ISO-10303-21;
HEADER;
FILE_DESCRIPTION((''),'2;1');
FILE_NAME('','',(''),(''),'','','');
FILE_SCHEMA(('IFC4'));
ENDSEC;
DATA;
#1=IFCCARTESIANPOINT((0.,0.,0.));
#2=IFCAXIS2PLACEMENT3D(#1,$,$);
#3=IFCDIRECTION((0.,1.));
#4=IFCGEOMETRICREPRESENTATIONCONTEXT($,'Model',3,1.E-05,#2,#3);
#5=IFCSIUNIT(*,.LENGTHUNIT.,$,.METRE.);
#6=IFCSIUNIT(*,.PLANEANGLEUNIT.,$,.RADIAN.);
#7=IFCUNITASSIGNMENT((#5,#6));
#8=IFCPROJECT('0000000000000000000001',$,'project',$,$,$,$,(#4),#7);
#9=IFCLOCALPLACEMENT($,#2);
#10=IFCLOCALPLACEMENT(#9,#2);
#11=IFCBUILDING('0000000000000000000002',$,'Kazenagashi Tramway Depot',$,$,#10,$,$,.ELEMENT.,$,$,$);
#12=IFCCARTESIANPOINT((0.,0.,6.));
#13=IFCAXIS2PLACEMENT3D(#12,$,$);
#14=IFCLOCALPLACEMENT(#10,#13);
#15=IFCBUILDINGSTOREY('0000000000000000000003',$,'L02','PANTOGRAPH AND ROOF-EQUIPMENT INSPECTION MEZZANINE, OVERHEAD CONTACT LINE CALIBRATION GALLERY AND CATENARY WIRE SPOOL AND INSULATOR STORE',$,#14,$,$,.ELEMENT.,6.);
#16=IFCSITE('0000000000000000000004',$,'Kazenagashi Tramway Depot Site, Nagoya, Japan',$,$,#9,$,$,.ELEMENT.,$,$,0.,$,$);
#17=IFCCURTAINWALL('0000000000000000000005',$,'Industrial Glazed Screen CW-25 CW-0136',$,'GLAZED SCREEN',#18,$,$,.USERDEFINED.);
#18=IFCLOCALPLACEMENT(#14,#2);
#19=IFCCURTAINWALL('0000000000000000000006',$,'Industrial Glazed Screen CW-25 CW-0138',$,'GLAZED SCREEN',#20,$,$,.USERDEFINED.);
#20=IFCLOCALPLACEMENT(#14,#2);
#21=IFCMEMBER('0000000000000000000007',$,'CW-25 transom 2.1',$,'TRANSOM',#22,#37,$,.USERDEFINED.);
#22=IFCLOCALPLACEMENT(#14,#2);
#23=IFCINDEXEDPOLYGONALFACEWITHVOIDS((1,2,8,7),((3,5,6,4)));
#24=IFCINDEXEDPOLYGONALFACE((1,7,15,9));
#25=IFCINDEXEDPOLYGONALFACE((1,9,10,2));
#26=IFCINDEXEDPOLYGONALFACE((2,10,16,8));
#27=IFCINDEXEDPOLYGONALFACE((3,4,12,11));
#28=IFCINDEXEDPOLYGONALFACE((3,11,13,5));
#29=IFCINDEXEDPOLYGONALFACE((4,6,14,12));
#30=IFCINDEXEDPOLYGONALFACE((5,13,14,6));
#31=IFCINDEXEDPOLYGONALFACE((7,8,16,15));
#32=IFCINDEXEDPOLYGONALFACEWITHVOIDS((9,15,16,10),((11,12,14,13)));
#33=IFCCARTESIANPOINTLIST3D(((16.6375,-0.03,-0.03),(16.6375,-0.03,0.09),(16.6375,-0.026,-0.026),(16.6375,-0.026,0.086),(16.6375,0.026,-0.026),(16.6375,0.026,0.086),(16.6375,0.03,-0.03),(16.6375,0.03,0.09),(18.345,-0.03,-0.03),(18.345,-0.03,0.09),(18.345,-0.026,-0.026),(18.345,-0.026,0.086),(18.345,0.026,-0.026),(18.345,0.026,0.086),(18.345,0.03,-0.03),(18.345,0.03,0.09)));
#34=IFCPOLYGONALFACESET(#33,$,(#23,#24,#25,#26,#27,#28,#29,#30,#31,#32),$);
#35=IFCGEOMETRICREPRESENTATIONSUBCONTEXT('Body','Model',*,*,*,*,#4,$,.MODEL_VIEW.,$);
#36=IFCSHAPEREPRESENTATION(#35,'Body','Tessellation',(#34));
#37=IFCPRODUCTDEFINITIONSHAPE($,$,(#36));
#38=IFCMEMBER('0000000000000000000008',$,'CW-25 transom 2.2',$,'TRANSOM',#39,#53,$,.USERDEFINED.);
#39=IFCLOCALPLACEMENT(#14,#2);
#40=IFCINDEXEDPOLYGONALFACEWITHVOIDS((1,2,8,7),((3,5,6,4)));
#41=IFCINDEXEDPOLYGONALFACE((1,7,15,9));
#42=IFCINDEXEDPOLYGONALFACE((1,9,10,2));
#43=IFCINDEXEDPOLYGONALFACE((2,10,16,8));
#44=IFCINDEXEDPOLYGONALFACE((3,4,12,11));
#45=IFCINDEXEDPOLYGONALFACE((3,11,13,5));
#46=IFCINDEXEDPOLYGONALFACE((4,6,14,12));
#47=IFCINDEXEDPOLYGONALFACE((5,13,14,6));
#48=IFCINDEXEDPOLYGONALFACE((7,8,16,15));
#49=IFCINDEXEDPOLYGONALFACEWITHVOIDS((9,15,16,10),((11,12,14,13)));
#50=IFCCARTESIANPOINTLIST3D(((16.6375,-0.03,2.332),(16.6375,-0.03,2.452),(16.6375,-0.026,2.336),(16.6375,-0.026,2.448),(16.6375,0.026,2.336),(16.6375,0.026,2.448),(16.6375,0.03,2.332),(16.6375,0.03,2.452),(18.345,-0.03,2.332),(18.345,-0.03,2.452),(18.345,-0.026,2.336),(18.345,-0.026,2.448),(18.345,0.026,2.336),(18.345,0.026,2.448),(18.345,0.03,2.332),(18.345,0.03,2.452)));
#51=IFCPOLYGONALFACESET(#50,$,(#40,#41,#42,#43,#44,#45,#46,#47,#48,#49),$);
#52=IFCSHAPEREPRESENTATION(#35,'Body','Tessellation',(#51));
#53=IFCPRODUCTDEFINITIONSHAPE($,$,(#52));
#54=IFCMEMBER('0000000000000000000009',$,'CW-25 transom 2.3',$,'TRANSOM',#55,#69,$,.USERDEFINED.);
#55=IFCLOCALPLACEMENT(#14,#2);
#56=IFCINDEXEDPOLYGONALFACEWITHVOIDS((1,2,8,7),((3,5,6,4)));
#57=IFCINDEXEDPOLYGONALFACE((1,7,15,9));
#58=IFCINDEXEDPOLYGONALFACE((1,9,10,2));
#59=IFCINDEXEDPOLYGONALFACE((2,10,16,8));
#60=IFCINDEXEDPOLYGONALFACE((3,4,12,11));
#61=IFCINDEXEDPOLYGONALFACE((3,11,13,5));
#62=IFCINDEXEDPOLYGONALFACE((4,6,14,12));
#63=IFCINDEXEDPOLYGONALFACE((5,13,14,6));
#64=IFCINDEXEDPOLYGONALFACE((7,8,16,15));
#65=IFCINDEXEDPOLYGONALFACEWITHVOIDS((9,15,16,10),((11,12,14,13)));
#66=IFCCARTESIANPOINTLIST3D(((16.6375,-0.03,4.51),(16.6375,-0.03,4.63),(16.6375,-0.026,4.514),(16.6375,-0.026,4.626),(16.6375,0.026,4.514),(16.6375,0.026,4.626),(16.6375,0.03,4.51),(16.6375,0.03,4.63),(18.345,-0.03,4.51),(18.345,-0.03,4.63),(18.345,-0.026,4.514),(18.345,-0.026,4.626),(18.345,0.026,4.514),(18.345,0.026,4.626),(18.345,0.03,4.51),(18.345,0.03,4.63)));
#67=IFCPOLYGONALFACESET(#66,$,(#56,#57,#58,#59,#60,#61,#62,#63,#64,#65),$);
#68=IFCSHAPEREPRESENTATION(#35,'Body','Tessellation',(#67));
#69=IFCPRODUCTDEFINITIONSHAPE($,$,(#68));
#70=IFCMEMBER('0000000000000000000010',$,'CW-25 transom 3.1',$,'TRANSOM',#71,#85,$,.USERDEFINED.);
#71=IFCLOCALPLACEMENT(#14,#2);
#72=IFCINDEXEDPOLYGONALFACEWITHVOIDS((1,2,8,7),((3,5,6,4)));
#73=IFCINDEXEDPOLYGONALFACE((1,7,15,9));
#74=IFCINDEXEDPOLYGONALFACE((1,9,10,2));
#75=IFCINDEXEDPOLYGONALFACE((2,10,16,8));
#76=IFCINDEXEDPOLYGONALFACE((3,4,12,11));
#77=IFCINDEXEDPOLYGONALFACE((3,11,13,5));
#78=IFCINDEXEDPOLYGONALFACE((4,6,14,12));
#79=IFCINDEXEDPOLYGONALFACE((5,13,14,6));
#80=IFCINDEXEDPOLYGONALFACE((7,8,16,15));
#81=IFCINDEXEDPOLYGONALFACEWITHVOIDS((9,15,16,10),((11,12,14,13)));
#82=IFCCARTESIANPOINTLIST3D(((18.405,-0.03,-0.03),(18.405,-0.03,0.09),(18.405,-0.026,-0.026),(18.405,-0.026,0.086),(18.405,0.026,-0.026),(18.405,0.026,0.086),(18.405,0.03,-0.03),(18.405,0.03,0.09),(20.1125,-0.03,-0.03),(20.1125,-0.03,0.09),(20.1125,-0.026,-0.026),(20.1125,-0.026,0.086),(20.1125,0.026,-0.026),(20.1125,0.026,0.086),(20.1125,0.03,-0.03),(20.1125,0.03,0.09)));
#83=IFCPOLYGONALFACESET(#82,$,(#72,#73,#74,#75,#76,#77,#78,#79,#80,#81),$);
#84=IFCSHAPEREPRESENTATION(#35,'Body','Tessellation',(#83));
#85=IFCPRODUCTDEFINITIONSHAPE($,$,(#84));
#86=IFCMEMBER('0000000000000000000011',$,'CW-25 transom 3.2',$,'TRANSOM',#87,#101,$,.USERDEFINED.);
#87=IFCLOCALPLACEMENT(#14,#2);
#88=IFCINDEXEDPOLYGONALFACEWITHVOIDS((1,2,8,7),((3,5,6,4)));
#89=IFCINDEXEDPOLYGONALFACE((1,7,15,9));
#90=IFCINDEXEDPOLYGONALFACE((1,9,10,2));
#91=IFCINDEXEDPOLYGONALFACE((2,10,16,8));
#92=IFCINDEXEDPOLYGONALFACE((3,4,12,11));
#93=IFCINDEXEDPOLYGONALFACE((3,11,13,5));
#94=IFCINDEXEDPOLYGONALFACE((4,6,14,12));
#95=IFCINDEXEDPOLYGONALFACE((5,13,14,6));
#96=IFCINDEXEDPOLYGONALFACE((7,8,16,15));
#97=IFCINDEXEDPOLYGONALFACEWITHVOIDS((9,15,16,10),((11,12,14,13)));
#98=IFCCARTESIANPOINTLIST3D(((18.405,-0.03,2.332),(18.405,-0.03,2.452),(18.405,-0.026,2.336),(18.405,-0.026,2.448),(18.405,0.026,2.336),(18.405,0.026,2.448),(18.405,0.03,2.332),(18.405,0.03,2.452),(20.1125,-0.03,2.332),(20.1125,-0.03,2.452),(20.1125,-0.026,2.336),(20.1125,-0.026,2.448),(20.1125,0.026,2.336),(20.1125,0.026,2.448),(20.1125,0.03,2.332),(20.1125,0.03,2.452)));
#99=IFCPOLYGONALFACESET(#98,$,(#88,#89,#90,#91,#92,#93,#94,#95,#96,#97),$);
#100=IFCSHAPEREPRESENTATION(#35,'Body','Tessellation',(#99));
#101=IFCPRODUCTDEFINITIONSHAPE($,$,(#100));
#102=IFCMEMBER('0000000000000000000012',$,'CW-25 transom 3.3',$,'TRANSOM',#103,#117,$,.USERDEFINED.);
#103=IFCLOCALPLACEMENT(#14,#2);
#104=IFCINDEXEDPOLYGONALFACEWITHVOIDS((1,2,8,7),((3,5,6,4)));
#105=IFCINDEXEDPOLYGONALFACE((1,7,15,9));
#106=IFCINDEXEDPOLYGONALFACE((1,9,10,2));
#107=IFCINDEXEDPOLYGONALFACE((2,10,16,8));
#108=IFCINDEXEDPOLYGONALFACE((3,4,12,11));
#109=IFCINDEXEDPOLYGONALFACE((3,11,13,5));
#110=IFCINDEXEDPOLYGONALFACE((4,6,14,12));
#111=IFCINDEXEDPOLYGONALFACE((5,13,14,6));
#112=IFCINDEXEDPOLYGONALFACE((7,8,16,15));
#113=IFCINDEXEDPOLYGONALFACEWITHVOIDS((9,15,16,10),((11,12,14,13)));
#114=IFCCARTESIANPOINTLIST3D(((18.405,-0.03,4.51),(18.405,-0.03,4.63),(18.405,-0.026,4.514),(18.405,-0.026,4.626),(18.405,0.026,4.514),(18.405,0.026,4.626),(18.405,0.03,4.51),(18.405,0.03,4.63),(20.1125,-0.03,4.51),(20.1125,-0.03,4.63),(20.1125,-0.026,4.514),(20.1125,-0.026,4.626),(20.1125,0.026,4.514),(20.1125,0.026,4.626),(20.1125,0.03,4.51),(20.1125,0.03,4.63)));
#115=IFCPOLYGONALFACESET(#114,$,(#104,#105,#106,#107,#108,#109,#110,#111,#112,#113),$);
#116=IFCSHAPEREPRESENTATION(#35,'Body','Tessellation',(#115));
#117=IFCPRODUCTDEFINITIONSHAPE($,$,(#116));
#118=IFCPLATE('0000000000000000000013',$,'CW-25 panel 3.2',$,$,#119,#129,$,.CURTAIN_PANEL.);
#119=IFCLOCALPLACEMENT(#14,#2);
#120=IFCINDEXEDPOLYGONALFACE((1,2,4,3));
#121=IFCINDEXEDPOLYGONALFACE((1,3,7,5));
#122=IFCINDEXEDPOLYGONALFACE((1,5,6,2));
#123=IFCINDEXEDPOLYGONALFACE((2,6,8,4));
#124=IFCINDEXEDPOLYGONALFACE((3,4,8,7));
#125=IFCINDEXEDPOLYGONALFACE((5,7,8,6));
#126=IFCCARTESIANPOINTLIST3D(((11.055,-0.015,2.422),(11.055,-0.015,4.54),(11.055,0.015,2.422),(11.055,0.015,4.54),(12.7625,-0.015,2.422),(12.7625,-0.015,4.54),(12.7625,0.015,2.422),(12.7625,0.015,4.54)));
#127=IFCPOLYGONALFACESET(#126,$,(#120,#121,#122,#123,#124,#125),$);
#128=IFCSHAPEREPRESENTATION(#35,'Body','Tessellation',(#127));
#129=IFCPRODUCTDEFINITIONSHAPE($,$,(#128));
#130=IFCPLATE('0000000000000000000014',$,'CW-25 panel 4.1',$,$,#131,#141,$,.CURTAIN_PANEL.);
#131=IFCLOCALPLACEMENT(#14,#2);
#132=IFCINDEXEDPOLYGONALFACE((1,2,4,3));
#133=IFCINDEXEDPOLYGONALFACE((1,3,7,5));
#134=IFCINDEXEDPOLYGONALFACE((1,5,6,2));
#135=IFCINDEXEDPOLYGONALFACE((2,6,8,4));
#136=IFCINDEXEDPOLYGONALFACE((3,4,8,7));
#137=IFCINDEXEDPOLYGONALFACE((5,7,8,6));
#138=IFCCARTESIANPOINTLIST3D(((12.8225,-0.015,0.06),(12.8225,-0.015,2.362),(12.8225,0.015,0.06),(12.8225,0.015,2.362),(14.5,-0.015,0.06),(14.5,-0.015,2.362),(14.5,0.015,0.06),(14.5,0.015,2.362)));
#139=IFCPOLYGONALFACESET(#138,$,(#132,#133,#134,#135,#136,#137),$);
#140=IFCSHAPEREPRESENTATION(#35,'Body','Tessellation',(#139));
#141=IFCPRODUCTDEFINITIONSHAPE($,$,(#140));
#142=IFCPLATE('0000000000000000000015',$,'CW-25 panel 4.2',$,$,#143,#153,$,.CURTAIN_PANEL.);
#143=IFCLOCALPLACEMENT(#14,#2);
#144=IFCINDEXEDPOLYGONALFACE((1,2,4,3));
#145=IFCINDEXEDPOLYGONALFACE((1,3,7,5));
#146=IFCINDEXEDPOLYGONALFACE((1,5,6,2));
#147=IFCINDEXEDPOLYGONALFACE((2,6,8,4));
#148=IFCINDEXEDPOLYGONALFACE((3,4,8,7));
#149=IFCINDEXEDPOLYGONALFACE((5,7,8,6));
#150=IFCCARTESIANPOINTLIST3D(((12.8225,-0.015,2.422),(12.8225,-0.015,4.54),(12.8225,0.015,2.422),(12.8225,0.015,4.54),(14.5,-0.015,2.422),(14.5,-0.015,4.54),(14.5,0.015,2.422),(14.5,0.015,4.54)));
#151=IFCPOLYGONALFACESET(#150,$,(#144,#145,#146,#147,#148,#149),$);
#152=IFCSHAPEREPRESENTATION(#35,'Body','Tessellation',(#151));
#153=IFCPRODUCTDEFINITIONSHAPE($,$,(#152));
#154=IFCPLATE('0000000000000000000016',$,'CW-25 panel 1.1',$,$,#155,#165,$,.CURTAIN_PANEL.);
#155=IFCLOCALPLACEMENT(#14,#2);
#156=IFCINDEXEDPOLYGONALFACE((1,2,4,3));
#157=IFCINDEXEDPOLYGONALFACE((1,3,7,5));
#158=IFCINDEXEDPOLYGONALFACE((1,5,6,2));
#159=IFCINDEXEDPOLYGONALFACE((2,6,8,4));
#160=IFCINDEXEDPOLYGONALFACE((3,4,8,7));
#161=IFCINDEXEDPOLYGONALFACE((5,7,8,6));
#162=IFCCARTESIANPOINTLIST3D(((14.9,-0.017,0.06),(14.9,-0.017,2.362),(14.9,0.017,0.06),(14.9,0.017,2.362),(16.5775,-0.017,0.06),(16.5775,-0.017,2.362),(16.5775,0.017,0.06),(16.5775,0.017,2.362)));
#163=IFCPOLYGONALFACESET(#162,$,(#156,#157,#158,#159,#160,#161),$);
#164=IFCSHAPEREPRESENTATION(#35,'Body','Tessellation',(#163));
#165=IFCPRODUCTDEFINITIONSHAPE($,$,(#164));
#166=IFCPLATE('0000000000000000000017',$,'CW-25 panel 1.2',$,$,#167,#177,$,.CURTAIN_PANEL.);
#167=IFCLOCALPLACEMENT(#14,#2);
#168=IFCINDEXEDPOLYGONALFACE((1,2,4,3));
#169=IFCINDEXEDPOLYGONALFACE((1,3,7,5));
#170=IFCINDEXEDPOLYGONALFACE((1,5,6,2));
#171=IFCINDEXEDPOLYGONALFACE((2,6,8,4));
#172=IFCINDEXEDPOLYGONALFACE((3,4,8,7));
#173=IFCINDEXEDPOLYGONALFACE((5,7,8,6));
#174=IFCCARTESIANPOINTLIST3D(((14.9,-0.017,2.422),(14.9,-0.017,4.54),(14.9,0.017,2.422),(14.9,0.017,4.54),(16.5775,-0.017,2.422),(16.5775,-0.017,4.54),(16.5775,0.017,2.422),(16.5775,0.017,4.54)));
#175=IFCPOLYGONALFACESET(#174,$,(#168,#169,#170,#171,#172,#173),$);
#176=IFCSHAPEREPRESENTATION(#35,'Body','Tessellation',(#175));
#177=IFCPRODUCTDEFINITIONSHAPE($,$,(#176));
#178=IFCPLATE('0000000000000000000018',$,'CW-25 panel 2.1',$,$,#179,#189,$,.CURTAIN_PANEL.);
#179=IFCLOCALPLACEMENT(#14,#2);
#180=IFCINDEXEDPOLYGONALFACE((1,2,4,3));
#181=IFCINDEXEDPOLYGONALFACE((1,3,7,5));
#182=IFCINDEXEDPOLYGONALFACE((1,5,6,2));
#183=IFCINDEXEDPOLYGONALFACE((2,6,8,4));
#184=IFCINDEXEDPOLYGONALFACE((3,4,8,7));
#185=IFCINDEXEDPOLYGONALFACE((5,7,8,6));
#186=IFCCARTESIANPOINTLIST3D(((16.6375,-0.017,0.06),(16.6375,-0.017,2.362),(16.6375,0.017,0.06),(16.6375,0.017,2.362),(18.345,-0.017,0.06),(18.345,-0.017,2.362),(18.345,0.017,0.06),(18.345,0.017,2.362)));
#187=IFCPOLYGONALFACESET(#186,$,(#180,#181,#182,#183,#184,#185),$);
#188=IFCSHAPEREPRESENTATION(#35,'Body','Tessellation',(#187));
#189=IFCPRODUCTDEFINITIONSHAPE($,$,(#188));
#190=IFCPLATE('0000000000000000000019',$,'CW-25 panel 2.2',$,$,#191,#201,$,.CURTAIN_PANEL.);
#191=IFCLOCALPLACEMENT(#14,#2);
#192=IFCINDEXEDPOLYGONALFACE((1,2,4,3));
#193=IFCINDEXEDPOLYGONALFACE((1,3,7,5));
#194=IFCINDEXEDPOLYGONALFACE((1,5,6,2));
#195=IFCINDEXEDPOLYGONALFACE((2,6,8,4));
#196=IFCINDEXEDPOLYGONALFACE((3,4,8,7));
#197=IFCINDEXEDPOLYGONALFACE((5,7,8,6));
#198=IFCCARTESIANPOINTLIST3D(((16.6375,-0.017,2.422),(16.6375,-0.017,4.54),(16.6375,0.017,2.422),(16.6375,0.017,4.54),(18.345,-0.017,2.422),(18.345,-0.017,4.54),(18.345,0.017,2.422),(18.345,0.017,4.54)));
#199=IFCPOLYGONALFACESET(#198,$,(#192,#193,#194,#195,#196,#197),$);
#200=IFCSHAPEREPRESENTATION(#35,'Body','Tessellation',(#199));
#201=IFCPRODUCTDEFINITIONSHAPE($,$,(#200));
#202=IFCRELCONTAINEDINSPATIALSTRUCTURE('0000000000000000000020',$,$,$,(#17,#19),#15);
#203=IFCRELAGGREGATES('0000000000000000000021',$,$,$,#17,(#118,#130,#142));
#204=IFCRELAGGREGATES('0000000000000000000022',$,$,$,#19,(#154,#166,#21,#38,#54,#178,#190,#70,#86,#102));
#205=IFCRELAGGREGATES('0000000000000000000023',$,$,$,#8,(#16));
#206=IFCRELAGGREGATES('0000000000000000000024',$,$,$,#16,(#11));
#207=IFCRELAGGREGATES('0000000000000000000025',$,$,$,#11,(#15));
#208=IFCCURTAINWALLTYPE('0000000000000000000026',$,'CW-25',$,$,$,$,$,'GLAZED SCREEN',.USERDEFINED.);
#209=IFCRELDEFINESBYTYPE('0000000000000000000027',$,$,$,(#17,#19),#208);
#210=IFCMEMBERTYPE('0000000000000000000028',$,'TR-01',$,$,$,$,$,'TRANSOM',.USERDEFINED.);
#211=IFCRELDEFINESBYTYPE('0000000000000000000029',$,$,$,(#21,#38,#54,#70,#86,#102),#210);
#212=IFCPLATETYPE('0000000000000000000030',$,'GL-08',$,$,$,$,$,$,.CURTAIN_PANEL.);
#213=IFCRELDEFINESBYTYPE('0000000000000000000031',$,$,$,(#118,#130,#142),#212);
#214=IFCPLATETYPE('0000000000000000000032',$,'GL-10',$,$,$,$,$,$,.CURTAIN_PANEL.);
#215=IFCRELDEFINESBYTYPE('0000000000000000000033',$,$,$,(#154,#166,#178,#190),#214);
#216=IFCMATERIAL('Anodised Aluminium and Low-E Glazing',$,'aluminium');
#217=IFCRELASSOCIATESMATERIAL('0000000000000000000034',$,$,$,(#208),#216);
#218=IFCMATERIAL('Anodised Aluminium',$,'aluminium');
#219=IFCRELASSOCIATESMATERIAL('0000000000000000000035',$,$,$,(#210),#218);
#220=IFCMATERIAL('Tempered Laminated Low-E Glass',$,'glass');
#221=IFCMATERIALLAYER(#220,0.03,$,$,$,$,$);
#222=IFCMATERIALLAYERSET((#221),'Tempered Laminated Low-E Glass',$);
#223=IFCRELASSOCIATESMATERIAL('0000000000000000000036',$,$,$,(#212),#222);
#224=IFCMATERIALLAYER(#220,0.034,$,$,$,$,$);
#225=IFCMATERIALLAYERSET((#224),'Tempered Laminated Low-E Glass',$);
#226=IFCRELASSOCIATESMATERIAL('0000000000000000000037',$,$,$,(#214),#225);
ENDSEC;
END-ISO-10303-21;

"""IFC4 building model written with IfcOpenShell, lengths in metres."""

from ifc_helpers import new_model, si_unit, direction, frame, origin, origin_2d, place, context, subcontext, project, spatial, rectangle, hollow_rectangle, extrude, material, layer, layer_set, material_profile, profile_set, type_object, element, aggregate, save


model = new_model("IFC4")

# Units and contexts
model_context = context("Model", 3, precision=1e-05, world=origin(), true_north=direction((0.0, 1.0)))
body_context = subcontext(model_context, "Body", "Model", "MODEL_VIEW")
ifc_project = project(units=[si_unit("LENGTHUNIT", "METRE"), si_unit("PLANEANGLEUNIT", "RADIAN")], contexts=[model_context])

# Site, building, storey
site_placement = place(None, origin())
site = spatial("IfcSite", under=ifc_project, at=site_placement, Name="Kazenagashi Tramway Depot Site, Nagoya, Japan", CompositionType="ELEMENT", RefElevation=0.0)
building_placement = place(site_placement, origin())
building = spatial("IfcBuilding", under=site, at=building_placement, Name="Kazenagashi Tramway Depot", CompositionType="ELEMENT")
storey_placement = place(building_placement, frame((0.0, 0.0, 6.0)))
storey = spatial("IfcBuildingStorey", under=building, at=storey_placement, Name="L02", Description="PANTOGRAPH AND ROOF-EQUIPMENT INSPECTION MEZZANINE, OVERHEAD CONTACT LINE CALIBRATION GALLERY AND CATENARY WIRE SPOOL AND INSULATOR STORE", CompositionType="ELEMENT", Elevation=6.0)

# Curtain walls
ifc_material_1 = material(Name="Anodised Aluminium and Low-E Glazing", Category="aluminium")
curtain_wall_type = type_object("IfcCurtainWallType", Name="CW-25", ElementType="GLAZED SCREEN", PredefinedType="USERDEFINED", material=ifc_material_1)
curtain_wall_1_placement = place(storey_placement, origin())
curtain_wall_1 = element("IfcCurtainWall", 1, at=curtain_wall_1_placement, inside=storey, type_object=curtain_wall_type, Name="Industrial Glazed Screen CW-25 CW-0136", ObjectType="GLAZED SCREEN", PredefinedType="USERDEFINED")
ifc_material_2 = material(Name="Anodised Aluminium", Category="aluminium")
curtain_wall_2_placement = place(storey_placement, origin())
curtain_wall_2 = element("IfcCurtainWall", 2, at=curtain_wall_2_placement, inside=storey, type_object=curtain_wall_type, Name="Industrial Glazed Screen CW-25 CW-0138", ObjectType="GLAZED SCREEN", PredefinedType="USERDEFINED")

# Members
ifc_material_profile_1 = material_profile(ifc_material_2, hollow_rectangle(XDim=0.06, YDim=0.12, WallThickness=0.004, at=origin_2d()), Name="RHS-120x60x4")
ifc_profile_set_1 = profile_set([ifc_material_profile_1], Name="Anodised Aluminium")
member_type_1 = type_object("IfcMemberType", Name="TR-01", ElementType="TRANSOM", PredefinedType="USERDEFINED", material=ifc_profile_set_1)
member_1_placement = place(storey_placement, frame((16.6375, 0.0, 0.03), z_axis=(1.0, 0.0, 0.0), x_axis=(0.0, 1.0, 0.0)))
member_1 = element("IfcMember", 3, at=member_1_placement, type_object=member_type_1, Name="CW-25 transom 2.1", ObjectType="TRANSOM", PredefinedType="USERDEFINED", context=body_context, shape_type="SweptSolid", body=[
    extrude(hollow_rectangle(XDim=0.06, YDim=0.12, WallThickness=0.004, at=origin_2d()), origin(), (0.0, 0.0, 1.0), 1.7075),
])
member_2_placement = place(storey_placement, frame((16.6375, 0.0, 2.392), z_axis=(1.0, 0.0, 0.0), x_axis=(0.0, 1.0, 0.0)))
member_2 = element("IfcMember", 4, at=member_2_placement, type_object=member_type_1, Name="CW-25 transom 2.2", ObjectType="TRANSOM", PredefinedType="USERDEFINED", context=body_context, shape_type="SweptSolid", body=[
    extrude(hollow_rectangle(XDim=0.06, YDim=0.12, WallThickness=0.004, at=origin_2d()), origin(), (0.0, 0.0, 1.0), 1.7075),
])
member_3_placement = place(storey_placement, frame((16.6375, 0.0, 4.57), z_axis=(1.0, 0.0, 0.0), x_axis=(0.0, 1.0, 0.0)))
member_3 = element("IfcMember", 5, at=member_3_placement, type_object=member_type_1, Name="CW-25 transom 2.3", ObjectType="TRANSOM", PredefinedType="USERDEFINED", context=body_context, shape_type="SweptSolid", body=[
    extrude(hollow_rectangle(XDim=0.06, YDim=0.12, WallThickness=0.004, at=origin_2d()), origin(), (0.0, 0.0, 1.0), 1.7075),
])
member_4_placement = place(storey_placement, frame((18.405, 0.0, 0.03), z_axis=(1.0, 0.0, 0.0), x_axis=(0.0, 1.0, 0.0)))
member_4 = element("IfcMember", 6, at=member_4_placement, type_object=member_type_1, Name="CW-25 transom 3.1", ObjectType="TRANSOM", PredefinedType="USERDEFINED", context=body_context, shape_type="SweptSolid", body=[
    extrude(hollow_rectangle(XDim=0.06, YDim=0.12, WallThickness=0.004, at=origin_2d()), origin(), (0.0, 0.0, 1.0), 1.7075),
])
member_5_placement = place(storey_placement, frame((18.405, 0.0, 2.392), z_axis=(1.0, 0.0, 0.0), x_axis=(0.0, 1.0, 0.0)))
member_5 = element("IfcMember", 7, at=member_5_placement, type_object=member_type_1, Name="CW-25 transom 3.2", ObjectType="TRANSOM", PredefinedType="USERDEFINED", context=body_context, shape_type="SweptSolid", body=[
    extrude(hollow_rectangle(XDim=0.06, YDim=0.12, WallThickness=0.004, at=origin_2d()), origin(), (0.0, 0.0, 1.0), 1.7075),
])
member_6_placement = place(storey_placement, frame((18.405, 0.0, 4.57), z_axis=(1.0, 0.0, 0.0), x_axis=(0.0, 1.0, 0.0)))
member_6 = element("IfcMember", 8, at=member_6_placement, type_object=member_type_1, Name="CW-25 transom 3.3", ObjectType="TRANSOM", PredefinedType="USERDEFINED", context=body_context, shape_type="SweptSolid", body=[
    extrude(hollow_rectangle(XDim=0.06, YDim=0.12, WallThickness=0.004, at=origin_2d()), origin(), (0.0, 0.0, 1.0), 1.7075),
])

# Plates
ifc_material_3 = material(Name="Tempered Laminated Low-E Glass", Category="glass")
ifc_layer_1 = layer(ifc_material_3, 0.03)
ifc_layer_set_1 = layer_set([ifc_layer_1], Name="Tempered Laminated Low-E Glass")
plate_type_1 = type_object("IfcPlateType", Name="GL-08", PredefinedType="CURTAIN_PANEL", material=ifc_layer_set_1)
plate_1_placement = place(storey_placement, frame((11.9087, 0.0, 2.422), z_axis=(0.0, 0.0, 1.0), x_axis=(1.0, 0.0, 0.0)))
plate_1 = element("IfcPlate", 9, at=plate_1_placement, type_object=plate_type_1, Name="CW-25 panel 3.2", PredefinedType="CURTAIN_PANEL", context=body_context, shape_type="SweptSolid", body=[
    extrude(rectangle(XDim=1.7075, YDim=0.03, at=origin_2d()), origin(), (0.0, 0.0, 1.0), 2.118),
])
plate_2_placement = place(storey_placement, frame((13.6613, 0.0, 0.06), z_axis=(0.0, 0.0, 1.0), x_axis=(1.0, 0.0, 0.0)))
plate_2 = element("IfcPlate", 10, at=plate_2_placement, type_object=plate_type_1, Name="CW-25 panel 4.1", PredefinedType="CURTAIN_PANEL", context=body_context, shape_type="SweptSolid", body=[
    extrude(rectangle(XDim=1.6775, YDim=0.03, at=origin_2d()), origin(), (0.0, 0.0, 1.0), 2.302),
])
plate_3_placement = place(storey_placement, frame((13.6613, 0.0, 2.422), z_axis=(0.0, 0.0, 1.0), x_axis=(1.0, 0.0, 0.0)))
plate_3 = element("IfcPlate", 11, at=plate_3_placement, type_object=plate_type_1, Name="CW-25 panel 4.2", PredefinedType="CURTAIN_PANEL", context=body_context, shape_type="SweptSolid", body=[
    extrude(rectangle(XDim=1.6775, YDim=0.03, at=origin_2d()), origin(), (0.0, 0.0, 1.0), 2.118),
])
aggregate(curtain_wall_1, [plate_1, plate_2, plate_3])
ifc_layer_2 = layer(ifc_material_3, 0.034)
ifc_layer_set_2 = layer_set([ifc_layer_2], Name="Tempered Laminated Low-E Glass")
plate_type_2 = type_object("IfcPlateType", Name="GL-10", PredefinedType="CURTAIN_PANEL", material=ifc_layer_set_2)
plate_4_placement = place(storey_placement, frame((15.7387, 0.0, 0.06), z_axis=(0.0, 0.0, 1.0), x_axis=(1.0, 0.0, 0.0)))
plate_4 = element("IfcPlate", 12, at=plate_4_placement, type_object=plate_type_2, Name="CW-25 panel 1.1", PredefinedType="CURTAIN_PANEL", context=body_context, shape_type="SweptSolid", body=[
    extrude(rectangle(XDim=1.6775, YDim=0.034, at=origin_2d()), origin(), (0.0, 0.0, 1.0), 2.302),
])
plate_5_placement = place(storey_placement, frame((15.7387, 0.0, 2.422), z_axis=(0.0, 0.0, 1.0), x_axis=(1.0, 0.0, 0.0)))
plate_5 = element("IfcPlate", 13, at=plate_5_placement, type_object=plate_type_2, Name="CW-25 panel 1.2", PredefinedType="CURTAIN_PANEL", context=body_context, shape_type="SweptSolid", body=[
    extrude(rectangle(XDim=1.6775, YDim=0.034, at=origin_2d()), origin(), (0.0, 0.0, 1.0), 2.118),
])
plate_6_placement = place(storey_placement, frame((17.4913, 0.0, 0.06), z_axis=(0.0, 0.0, 1.0), x_axis=(1.0, 0.0, 0.0)))
plate_6 = element("IfcPlate", 14, at=plate_6_placement, type_object=plate_type_2, Name="CW-25 panel 2.1", PredefinedType="CURTAIN_PANEL", context=body_context, shape_type="SweptSolid", body=[
    extrude(rectangle(XDim=1.7075, YDim=0.034, at=origin_2d()), origin(), (0.0, 0.0, 1.0), 2.302),
])
plate_7_placement = place(storey_placement, frame((17.4913, 0.0, 2.422), z_axis=(0.0, 0.0, 1.0), x_axis=(1.0, 0.0, 0.0)))
plate_7 = element("IfcPlate", 15, at=plate_7_placement, type_object=plate_type_2, Name="CW-25 panel 2.2", PredefinedType="CURTAIN_PANEL", context=body_context, shape_type="SweptSolid", body=[
    extrude(rectangle(XDim=1.7075, YDim=0.034, at=origin_2d()), origin(), (0.0, 0.0, 1.0), 2.118),
])
aggregate(curtain_wall_2, [plate_4, plate_5, member_1, member_2, member_3, plate_6, plate_7, member_4, member_5, member_6])

save(model, "model.ifc")
